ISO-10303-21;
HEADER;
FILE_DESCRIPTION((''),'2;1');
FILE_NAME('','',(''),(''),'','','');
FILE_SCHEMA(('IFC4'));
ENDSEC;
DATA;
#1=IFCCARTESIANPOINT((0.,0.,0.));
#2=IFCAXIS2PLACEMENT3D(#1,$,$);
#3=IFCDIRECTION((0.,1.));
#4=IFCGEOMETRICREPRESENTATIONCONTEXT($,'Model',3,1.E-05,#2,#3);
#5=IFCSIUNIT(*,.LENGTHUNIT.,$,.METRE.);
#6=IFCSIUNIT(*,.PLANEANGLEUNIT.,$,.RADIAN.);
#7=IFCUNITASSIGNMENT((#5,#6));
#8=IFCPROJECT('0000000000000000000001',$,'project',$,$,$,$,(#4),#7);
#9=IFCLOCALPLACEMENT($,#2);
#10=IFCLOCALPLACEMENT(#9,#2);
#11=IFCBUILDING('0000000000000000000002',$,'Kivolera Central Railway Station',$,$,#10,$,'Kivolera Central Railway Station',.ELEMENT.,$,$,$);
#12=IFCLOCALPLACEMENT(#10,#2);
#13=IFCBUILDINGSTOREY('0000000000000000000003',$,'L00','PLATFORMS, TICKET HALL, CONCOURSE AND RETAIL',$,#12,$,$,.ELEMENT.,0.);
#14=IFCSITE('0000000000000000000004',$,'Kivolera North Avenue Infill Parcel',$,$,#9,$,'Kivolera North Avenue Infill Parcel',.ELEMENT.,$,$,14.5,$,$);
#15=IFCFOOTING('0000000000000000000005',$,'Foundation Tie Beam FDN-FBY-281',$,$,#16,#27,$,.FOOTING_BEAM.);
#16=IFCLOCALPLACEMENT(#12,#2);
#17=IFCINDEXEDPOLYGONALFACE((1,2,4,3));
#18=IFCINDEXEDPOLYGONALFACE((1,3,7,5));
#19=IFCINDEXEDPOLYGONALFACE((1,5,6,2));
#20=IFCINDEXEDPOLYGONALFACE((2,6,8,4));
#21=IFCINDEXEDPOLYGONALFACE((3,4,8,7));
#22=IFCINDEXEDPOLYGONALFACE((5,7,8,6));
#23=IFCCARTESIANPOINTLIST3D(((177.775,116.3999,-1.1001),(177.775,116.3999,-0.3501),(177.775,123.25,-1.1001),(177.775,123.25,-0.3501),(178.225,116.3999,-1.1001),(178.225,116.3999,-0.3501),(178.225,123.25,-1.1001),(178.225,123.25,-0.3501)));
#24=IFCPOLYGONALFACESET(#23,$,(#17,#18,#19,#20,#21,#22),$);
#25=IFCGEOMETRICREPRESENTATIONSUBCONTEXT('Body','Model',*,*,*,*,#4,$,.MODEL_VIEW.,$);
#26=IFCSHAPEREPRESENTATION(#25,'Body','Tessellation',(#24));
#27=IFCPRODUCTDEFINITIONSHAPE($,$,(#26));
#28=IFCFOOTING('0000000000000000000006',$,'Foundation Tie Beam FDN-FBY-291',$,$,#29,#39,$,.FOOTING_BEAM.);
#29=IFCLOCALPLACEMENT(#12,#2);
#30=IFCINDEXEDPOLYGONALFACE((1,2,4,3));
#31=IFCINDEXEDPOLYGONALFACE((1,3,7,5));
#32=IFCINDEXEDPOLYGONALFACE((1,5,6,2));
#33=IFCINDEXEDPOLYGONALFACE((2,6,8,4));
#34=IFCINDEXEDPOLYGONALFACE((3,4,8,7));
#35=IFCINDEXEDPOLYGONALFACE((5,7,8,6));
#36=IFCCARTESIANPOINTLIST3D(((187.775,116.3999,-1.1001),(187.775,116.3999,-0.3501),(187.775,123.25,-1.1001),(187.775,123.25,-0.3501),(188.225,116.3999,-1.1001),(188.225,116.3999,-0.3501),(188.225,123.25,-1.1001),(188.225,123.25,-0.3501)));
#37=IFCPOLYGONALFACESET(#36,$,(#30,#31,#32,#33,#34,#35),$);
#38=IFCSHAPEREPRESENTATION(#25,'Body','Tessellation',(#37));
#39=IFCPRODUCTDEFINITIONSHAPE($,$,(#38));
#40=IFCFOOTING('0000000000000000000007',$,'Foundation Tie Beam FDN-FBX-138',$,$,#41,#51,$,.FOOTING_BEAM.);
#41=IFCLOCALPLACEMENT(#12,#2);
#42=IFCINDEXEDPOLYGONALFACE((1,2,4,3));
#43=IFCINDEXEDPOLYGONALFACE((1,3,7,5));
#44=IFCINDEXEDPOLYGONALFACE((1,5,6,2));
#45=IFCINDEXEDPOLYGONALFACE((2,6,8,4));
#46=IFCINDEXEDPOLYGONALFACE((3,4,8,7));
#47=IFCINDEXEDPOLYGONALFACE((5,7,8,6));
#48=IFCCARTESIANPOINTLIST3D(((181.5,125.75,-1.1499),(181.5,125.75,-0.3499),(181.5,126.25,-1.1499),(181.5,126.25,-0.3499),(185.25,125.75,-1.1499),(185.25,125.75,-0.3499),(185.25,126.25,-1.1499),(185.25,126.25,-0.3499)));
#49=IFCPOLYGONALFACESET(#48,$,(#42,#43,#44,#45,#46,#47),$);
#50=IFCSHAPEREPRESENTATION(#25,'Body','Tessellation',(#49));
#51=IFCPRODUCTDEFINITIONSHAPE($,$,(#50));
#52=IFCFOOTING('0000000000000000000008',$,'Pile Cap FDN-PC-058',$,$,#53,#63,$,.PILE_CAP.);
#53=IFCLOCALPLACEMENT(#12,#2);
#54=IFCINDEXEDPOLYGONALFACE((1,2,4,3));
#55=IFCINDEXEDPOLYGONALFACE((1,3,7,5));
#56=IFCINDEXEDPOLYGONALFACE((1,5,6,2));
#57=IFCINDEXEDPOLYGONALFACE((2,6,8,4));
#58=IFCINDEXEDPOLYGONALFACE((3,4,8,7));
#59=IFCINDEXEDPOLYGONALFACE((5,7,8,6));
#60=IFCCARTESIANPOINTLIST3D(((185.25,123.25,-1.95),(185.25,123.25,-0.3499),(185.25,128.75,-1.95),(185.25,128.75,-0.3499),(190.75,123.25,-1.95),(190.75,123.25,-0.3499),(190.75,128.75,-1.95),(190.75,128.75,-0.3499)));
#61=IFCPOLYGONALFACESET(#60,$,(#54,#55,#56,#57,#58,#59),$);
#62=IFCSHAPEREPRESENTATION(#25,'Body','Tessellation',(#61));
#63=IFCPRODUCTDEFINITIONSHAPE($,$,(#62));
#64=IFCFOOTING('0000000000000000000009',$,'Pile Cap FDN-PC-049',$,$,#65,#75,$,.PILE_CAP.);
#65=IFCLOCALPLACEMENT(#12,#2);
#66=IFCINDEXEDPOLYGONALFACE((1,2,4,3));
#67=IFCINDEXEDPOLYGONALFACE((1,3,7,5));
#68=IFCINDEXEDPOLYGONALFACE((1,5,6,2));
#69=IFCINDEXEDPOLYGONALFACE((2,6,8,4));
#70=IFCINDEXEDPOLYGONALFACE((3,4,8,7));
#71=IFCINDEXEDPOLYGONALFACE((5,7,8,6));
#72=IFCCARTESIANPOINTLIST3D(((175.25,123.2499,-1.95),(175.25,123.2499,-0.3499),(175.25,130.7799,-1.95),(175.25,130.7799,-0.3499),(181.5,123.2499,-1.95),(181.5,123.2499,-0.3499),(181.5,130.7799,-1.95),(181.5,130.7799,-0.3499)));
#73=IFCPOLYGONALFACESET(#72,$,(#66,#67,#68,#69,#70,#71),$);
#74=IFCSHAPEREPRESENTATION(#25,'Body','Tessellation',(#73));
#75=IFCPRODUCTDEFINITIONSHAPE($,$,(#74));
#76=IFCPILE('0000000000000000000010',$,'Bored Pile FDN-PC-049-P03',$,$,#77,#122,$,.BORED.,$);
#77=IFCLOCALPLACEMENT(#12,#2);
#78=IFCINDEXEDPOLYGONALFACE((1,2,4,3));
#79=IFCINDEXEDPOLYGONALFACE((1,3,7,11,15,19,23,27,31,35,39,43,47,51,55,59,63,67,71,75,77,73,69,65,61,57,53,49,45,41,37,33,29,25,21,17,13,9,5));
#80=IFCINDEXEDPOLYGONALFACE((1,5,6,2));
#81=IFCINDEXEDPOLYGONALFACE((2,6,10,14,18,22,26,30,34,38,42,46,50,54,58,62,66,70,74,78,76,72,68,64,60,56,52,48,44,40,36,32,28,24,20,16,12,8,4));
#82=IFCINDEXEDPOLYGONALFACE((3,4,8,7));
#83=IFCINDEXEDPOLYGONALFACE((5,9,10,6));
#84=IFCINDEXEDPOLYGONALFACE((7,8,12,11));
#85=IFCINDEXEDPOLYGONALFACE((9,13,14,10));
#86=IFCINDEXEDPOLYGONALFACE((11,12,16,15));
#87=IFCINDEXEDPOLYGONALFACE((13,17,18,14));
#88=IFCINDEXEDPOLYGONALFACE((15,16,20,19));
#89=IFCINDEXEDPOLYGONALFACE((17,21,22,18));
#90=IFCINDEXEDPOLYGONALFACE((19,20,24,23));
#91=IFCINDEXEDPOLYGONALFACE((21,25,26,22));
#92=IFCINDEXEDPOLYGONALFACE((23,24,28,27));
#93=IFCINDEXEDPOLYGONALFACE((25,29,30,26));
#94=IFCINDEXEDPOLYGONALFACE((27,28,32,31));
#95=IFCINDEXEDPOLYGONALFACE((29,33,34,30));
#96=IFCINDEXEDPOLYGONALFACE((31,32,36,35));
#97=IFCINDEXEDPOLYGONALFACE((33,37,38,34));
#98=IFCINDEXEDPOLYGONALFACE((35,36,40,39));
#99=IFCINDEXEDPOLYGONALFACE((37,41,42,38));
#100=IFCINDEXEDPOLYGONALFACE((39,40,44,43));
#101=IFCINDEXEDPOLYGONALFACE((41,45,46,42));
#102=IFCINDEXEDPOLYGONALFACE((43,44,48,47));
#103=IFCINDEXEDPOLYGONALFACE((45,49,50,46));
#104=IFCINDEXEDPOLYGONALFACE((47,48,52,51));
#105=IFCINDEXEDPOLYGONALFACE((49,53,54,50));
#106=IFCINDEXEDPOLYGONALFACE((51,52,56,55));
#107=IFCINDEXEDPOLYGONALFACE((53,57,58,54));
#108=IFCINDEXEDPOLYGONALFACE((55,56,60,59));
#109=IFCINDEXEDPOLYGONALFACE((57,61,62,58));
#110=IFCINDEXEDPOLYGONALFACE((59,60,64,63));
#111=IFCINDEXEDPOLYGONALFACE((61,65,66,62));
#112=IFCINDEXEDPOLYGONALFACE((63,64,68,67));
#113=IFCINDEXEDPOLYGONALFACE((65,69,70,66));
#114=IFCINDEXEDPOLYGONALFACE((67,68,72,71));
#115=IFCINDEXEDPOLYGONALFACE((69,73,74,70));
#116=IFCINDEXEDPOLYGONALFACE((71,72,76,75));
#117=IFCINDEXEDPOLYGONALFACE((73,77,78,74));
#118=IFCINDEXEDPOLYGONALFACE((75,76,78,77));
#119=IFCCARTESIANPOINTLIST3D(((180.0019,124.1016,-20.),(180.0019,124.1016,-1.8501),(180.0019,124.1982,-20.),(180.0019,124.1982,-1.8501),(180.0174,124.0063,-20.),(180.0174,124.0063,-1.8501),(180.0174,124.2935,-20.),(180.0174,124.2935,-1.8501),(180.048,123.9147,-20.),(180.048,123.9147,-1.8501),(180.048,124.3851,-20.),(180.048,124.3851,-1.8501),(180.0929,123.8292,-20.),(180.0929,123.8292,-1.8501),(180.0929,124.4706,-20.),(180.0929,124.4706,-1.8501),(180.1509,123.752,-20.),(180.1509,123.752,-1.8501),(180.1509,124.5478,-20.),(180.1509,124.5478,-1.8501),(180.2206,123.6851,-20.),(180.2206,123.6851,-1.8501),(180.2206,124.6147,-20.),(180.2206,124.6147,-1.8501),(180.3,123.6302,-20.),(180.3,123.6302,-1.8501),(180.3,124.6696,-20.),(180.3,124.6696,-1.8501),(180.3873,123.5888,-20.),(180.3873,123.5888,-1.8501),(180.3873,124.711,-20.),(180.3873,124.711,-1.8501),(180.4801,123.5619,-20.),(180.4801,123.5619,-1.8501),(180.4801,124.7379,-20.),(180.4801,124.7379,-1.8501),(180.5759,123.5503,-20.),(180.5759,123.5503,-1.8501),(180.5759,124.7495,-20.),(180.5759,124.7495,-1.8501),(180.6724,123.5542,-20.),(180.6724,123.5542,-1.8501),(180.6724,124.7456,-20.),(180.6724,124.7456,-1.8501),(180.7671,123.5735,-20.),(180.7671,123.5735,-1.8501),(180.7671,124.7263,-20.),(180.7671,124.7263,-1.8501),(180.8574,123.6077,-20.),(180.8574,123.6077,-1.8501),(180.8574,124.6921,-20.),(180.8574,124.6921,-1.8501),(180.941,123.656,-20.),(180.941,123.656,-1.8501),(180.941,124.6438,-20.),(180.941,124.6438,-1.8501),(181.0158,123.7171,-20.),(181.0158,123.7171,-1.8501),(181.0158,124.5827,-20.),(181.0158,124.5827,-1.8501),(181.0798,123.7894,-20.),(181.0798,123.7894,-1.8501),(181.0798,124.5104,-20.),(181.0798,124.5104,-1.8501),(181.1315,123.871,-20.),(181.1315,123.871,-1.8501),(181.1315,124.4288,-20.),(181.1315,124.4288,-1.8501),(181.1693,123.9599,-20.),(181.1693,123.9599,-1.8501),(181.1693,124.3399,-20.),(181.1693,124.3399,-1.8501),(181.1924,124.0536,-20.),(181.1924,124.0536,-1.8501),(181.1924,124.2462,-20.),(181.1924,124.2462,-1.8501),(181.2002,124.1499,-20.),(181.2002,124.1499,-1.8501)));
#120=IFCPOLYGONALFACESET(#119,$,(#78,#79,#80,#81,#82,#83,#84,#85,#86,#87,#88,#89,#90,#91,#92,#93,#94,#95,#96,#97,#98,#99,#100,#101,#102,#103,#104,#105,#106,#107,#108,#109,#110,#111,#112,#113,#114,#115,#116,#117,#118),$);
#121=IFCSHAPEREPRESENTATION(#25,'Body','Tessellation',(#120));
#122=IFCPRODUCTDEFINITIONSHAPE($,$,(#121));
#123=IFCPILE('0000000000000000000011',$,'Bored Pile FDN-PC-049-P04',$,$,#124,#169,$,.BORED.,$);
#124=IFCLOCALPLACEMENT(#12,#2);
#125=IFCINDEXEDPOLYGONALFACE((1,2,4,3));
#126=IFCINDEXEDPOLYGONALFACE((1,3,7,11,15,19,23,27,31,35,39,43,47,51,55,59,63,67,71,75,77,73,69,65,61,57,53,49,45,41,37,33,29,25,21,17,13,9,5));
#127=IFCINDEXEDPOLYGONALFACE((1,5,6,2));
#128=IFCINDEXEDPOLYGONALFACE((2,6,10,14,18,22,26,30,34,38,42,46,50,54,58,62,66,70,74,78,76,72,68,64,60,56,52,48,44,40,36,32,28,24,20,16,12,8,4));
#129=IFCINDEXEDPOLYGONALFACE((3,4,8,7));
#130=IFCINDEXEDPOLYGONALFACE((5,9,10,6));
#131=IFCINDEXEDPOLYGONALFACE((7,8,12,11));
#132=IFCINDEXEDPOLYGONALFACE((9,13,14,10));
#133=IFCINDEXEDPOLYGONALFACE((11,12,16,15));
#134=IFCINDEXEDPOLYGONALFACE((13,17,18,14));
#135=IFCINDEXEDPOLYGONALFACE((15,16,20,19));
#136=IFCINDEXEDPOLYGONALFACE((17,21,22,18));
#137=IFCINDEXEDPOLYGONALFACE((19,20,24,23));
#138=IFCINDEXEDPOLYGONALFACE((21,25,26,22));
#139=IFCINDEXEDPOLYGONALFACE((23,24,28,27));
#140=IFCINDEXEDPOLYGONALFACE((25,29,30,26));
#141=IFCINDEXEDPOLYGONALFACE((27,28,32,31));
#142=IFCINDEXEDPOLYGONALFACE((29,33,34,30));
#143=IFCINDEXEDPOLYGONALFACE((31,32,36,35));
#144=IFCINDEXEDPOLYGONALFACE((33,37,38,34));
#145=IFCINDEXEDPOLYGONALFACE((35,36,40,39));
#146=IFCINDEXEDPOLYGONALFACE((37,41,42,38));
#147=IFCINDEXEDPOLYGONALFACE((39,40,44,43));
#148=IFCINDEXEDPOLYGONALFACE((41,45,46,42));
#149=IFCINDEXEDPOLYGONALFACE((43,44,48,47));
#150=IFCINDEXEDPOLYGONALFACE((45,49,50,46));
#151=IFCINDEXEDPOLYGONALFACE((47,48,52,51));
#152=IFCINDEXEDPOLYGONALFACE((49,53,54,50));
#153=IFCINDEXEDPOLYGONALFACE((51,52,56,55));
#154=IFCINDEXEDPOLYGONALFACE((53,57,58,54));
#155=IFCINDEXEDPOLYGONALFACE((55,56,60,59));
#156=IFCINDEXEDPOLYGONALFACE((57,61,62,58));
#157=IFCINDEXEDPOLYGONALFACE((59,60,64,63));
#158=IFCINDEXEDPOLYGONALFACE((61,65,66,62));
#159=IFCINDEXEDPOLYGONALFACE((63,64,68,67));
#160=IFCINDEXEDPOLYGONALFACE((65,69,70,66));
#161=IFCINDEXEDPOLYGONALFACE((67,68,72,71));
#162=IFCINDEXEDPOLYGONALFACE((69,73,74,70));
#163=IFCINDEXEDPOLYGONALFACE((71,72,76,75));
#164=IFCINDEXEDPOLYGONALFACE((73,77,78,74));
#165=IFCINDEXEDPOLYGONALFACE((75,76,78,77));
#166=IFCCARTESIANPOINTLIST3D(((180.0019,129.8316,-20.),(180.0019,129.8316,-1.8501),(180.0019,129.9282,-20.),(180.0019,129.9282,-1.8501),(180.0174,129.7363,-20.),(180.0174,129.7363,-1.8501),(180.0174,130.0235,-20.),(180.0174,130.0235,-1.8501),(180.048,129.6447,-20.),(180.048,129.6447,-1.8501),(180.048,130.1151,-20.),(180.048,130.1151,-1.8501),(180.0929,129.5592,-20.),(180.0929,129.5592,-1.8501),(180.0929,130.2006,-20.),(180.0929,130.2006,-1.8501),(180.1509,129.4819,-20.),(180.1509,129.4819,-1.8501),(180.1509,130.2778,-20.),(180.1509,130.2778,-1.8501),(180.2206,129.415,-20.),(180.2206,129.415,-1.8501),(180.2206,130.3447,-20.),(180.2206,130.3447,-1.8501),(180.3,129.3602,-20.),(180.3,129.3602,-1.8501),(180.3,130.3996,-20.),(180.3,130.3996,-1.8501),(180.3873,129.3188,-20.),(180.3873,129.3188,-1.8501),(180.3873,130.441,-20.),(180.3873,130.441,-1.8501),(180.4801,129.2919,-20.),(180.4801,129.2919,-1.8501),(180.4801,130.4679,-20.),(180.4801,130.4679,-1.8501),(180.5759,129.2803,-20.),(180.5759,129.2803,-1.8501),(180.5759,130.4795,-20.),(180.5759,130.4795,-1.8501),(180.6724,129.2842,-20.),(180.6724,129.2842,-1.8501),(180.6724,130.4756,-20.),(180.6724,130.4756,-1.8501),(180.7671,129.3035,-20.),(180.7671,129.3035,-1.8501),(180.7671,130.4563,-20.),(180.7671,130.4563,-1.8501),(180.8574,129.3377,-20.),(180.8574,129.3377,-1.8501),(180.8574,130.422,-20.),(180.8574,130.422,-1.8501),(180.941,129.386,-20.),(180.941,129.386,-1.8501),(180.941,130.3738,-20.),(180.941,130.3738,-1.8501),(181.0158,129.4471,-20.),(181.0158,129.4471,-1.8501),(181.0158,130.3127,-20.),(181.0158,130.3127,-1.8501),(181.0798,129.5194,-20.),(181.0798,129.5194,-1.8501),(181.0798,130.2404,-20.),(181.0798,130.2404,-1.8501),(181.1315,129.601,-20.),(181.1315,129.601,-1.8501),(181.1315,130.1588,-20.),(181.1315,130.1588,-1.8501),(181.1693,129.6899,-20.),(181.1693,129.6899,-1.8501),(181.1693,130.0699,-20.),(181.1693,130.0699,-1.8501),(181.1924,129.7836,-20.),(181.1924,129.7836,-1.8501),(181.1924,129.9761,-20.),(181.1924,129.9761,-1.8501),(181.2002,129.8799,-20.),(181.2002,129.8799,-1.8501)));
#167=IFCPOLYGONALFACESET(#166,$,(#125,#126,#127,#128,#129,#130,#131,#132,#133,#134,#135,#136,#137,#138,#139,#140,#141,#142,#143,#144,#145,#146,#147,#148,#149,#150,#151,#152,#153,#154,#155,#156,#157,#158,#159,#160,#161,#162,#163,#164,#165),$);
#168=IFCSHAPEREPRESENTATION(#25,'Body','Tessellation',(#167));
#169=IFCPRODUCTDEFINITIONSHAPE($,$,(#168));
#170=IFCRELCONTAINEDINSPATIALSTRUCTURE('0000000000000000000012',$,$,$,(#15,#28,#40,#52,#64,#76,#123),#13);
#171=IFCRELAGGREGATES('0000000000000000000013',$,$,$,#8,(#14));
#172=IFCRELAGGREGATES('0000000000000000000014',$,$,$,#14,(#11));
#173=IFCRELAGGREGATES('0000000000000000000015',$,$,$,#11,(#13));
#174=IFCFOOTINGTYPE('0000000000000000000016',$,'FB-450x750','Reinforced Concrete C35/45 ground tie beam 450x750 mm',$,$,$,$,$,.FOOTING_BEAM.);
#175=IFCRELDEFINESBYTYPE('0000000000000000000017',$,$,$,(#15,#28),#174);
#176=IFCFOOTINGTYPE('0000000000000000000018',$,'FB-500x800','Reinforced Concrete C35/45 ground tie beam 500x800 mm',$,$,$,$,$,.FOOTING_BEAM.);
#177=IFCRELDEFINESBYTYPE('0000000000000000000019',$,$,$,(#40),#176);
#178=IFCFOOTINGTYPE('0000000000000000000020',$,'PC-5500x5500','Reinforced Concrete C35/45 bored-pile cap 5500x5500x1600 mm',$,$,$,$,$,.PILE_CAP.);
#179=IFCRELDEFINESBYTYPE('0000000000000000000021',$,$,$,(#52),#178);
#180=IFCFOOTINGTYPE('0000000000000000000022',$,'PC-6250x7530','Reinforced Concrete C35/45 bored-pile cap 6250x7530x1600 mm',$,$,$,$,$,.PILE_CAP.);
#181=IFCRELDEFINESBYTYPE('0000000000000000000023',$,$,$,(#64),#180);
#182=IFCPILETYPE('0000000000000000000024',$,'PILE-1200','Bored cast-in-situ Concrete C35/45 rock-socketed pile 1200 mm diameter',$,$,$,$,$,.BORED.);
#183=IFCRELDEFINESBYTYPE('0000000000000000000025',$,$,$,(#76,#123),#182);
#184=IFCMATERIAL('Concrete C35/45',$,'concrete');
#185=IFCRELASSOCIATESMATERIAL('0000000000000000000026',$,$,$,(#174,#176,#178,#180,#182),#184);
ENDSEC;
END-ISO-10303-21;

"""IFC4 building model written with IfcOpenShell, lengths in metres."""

from ifc_helpers import new_model, si_unit, direction, frame, origin, origin_2d, place, context, subcontext, project, spatial, rectangle, circle, extrude, material, material_profile, profile_set, type_object, element, save


model = new_model("IFC4")

# Units and contexts
model_context = context("Model", 3, precision=1e-05, world=origin(), true_north=direction((0.0, 1.0)))
body_context = subcontext(model_context, "Body", "Model", "MODEL_VIEW")
ifc_project = project(units=[si_unit("LENGTHUNIT", "METRE"), si_unit("PLANEANGLEUNIT", "RADIAN")], contexts=[model_context])

# Site, building, storey
site_placement = place(None, origin())
site = spatial("IfcSite", under=ifc_project, at=site_placement, Name="Kivolera North Avenue Infill Parcel", LongName="Kivolera North Avenue Infill Parcel", CompositionType="ELEMENT", RefElevation=14.5)
building_placement = place(site_placement, origin())
building = spatial("IfcBuilding", under=site, at=building_placement, Name="Kivolera Central Railway Station", LongName="Kivolera Central Railway Station", CompositionType="ELEMENT")
storey_placement = place(building_placement, origin())
storey = spatial("IfcBuildingStorey", under=building, at=storey_placement, Name="L00", Description="PLATFORMS, TICKET HALL, CONCOURSE AND RETAIL", CompositionType="ELEMENT", Elevation=0.0)

# Footings
ifc_material_1 = material(Name="Concrete C35/45", Category="concrete")
footing_type_1 = type_object("IfcFootingType", Name="FB-450x750", Description="Reinforced Concrete C35/45 ground tie beam 450x750 mm", PredefinedType="FOOTING_BEAM", material=ifc_material_1)
for number, where, z_axis, x_axis, name in (
    (1, (178.0, 119.825, -1.1001), (0.0, 0.0, 1.0), (1.0, 0.0, 0.0), "Foundation Tie Beam FDN-FBY-281"),
    (2, (188.0, 119.825, -1.1001), (0.0, 0.0, 1.0), (1.0, 0.0, 0.0), "Foundation Tie Beam FDN-FBY-291"),
):
    element("IfcFooting", number, at=place(storey_placement, frame(where, z_axis=z_axis, x_axis=x_axis)), inside=storey, type_object=footing_type_1, Name=name, PredefinedType="FOOTING_BEAM", context=body_context, shape_type="SweptSolid", body=[
        extrude(rectangle(XDim=0.45, YDim=6.8501, at=origin_2d()), origin(), (0.0, 0.0, 1.0), 0.75),
    ])
footing_type_2 = type_object("IfcFootingType", Name="FB-500x800", Description="Reinforced Concrete C35/45 ground tie beam 500x800 mm", PredefinedType="FOOTING_BEAM", material=ifc_material_1)
footing_1_placement = place(storey_placement, frame((183.375, 126.0, -1.1499), z_axis=(0.0, 0.0, 1.0), x_axis=(1.0, 0.0, 0.0)))
element("IfcFooting", 3, at=footing_1_placement, inside=storey, type_object=footing_type_2, Name="Foundation Tie Beam FDN-FBX-138", PredefinedType="FOOTING_BEAM", context=body_context, shape_type="SweptSolid", body=[
    extrude(rectangle(XDim=3.75, YDim=0.5, at=origin_2d()), origin(), (0.0, 0.0, 1.0), 0.8),
])
footing_type_3 = type_object("IfcFootingType", Name="PC-5500x5500", Description="Reinforced Concrete C35/45 bored-pile cap 5500x5500x1600 mm", PredefinedType="PILE_CAP", material=ifc_material_1)
footing_2_placement = place(storey_placement, frame((188.0, 126.0, -1.95), z_axis=(0.0, 0.0, 1.0), x_axis=(1.0, 0.0, 0.0)))
element("IfcFooting", 4, at=footing_2_placement, inside=storey, type_object=footing_type_3, Name="Pile Cap FDN-PC-058", PredefinedType="PILE_CAP", context=body_context, shape_type="SweptSolid", body=[
    extrude(rectangle(XDim=5.5, YDim=5.5, at=origin_2d()), origin(), (0.0, 0.0, 1.0), 1.6001),
])
footing_type_4 = type_object("IfcFootingType", Name="PC-6250x7530", Description="Reinforced Concrete C35/45 bored-pile cap 6250x7530x1600 mm", PredefinedType="PILE_CAP", material=ifc_material_1)
footing_3_placement = place(storey_placement, frame((178.375, 127.0149, -1.95), z_axis=(0.0, 0.0, 1.0), x_axis=(1.0, 0.0, 0.0)))
element("IfcFooting", 5, at=footing_3_placement, inside=storey, type_object=footing_type_4, Name="Pile Cap FDN-PC-049", PredefinedType="PILE_CAP", context=body_context, shape_type="SweptSolid", body=[
    extrude(rectangle(XDim=6.25, YDim=7.53, at=origin_2d()), origin(), (0.0, 0.0, 1.0), 1.6001),
])

# Piles
ifc_material_profile_1 = material_profile(ifc_material_1, circle(Radius=0.6001, at=origin_2d()), Name="PILE D1200")
ifc_profile_set_1 = profile_set([ifc_material_profile_1], Name="Concrete C35/45")
pile_type = type_object("IfcPileType", Name="PILE-1200", Description="Bored cast-in-situ Concrete C35/45 rock-socketed pile 1200 mm diameter", PredefinedType="BORED", material=ifc_profile_set_1)
for number, where, z_axis, x_axis, name in (
    (6, (180.6001, 124.1499, -1.8501), (0.0, 0.0, -1.0), (1.0, 0.0, 0.0), "Bored Pile FDN-PC-049-P03"),
    (7, (180.6001, 129.8799, -1.8501), (0.0, 0.0, -1.0), (1.0, 0.0, 0.0), "Bored Pile FDN-PC-049-P04"),
):
    element("IfcPile", number, at=place(storey_placement, frame(where, z_axis=z_axis, x_axis=x_axis)), inside=storey, type_object=pile_type, Name=name, PredefinedType="BORED", context=body_context, shape_type="SweptSolid", body=[
        extrude(circle(Radius=0.6001, at=origin_2d()), origin(), (0.0, 0.0, 1.0), 18.1499),
    ])

save(model, "model.ifc")
